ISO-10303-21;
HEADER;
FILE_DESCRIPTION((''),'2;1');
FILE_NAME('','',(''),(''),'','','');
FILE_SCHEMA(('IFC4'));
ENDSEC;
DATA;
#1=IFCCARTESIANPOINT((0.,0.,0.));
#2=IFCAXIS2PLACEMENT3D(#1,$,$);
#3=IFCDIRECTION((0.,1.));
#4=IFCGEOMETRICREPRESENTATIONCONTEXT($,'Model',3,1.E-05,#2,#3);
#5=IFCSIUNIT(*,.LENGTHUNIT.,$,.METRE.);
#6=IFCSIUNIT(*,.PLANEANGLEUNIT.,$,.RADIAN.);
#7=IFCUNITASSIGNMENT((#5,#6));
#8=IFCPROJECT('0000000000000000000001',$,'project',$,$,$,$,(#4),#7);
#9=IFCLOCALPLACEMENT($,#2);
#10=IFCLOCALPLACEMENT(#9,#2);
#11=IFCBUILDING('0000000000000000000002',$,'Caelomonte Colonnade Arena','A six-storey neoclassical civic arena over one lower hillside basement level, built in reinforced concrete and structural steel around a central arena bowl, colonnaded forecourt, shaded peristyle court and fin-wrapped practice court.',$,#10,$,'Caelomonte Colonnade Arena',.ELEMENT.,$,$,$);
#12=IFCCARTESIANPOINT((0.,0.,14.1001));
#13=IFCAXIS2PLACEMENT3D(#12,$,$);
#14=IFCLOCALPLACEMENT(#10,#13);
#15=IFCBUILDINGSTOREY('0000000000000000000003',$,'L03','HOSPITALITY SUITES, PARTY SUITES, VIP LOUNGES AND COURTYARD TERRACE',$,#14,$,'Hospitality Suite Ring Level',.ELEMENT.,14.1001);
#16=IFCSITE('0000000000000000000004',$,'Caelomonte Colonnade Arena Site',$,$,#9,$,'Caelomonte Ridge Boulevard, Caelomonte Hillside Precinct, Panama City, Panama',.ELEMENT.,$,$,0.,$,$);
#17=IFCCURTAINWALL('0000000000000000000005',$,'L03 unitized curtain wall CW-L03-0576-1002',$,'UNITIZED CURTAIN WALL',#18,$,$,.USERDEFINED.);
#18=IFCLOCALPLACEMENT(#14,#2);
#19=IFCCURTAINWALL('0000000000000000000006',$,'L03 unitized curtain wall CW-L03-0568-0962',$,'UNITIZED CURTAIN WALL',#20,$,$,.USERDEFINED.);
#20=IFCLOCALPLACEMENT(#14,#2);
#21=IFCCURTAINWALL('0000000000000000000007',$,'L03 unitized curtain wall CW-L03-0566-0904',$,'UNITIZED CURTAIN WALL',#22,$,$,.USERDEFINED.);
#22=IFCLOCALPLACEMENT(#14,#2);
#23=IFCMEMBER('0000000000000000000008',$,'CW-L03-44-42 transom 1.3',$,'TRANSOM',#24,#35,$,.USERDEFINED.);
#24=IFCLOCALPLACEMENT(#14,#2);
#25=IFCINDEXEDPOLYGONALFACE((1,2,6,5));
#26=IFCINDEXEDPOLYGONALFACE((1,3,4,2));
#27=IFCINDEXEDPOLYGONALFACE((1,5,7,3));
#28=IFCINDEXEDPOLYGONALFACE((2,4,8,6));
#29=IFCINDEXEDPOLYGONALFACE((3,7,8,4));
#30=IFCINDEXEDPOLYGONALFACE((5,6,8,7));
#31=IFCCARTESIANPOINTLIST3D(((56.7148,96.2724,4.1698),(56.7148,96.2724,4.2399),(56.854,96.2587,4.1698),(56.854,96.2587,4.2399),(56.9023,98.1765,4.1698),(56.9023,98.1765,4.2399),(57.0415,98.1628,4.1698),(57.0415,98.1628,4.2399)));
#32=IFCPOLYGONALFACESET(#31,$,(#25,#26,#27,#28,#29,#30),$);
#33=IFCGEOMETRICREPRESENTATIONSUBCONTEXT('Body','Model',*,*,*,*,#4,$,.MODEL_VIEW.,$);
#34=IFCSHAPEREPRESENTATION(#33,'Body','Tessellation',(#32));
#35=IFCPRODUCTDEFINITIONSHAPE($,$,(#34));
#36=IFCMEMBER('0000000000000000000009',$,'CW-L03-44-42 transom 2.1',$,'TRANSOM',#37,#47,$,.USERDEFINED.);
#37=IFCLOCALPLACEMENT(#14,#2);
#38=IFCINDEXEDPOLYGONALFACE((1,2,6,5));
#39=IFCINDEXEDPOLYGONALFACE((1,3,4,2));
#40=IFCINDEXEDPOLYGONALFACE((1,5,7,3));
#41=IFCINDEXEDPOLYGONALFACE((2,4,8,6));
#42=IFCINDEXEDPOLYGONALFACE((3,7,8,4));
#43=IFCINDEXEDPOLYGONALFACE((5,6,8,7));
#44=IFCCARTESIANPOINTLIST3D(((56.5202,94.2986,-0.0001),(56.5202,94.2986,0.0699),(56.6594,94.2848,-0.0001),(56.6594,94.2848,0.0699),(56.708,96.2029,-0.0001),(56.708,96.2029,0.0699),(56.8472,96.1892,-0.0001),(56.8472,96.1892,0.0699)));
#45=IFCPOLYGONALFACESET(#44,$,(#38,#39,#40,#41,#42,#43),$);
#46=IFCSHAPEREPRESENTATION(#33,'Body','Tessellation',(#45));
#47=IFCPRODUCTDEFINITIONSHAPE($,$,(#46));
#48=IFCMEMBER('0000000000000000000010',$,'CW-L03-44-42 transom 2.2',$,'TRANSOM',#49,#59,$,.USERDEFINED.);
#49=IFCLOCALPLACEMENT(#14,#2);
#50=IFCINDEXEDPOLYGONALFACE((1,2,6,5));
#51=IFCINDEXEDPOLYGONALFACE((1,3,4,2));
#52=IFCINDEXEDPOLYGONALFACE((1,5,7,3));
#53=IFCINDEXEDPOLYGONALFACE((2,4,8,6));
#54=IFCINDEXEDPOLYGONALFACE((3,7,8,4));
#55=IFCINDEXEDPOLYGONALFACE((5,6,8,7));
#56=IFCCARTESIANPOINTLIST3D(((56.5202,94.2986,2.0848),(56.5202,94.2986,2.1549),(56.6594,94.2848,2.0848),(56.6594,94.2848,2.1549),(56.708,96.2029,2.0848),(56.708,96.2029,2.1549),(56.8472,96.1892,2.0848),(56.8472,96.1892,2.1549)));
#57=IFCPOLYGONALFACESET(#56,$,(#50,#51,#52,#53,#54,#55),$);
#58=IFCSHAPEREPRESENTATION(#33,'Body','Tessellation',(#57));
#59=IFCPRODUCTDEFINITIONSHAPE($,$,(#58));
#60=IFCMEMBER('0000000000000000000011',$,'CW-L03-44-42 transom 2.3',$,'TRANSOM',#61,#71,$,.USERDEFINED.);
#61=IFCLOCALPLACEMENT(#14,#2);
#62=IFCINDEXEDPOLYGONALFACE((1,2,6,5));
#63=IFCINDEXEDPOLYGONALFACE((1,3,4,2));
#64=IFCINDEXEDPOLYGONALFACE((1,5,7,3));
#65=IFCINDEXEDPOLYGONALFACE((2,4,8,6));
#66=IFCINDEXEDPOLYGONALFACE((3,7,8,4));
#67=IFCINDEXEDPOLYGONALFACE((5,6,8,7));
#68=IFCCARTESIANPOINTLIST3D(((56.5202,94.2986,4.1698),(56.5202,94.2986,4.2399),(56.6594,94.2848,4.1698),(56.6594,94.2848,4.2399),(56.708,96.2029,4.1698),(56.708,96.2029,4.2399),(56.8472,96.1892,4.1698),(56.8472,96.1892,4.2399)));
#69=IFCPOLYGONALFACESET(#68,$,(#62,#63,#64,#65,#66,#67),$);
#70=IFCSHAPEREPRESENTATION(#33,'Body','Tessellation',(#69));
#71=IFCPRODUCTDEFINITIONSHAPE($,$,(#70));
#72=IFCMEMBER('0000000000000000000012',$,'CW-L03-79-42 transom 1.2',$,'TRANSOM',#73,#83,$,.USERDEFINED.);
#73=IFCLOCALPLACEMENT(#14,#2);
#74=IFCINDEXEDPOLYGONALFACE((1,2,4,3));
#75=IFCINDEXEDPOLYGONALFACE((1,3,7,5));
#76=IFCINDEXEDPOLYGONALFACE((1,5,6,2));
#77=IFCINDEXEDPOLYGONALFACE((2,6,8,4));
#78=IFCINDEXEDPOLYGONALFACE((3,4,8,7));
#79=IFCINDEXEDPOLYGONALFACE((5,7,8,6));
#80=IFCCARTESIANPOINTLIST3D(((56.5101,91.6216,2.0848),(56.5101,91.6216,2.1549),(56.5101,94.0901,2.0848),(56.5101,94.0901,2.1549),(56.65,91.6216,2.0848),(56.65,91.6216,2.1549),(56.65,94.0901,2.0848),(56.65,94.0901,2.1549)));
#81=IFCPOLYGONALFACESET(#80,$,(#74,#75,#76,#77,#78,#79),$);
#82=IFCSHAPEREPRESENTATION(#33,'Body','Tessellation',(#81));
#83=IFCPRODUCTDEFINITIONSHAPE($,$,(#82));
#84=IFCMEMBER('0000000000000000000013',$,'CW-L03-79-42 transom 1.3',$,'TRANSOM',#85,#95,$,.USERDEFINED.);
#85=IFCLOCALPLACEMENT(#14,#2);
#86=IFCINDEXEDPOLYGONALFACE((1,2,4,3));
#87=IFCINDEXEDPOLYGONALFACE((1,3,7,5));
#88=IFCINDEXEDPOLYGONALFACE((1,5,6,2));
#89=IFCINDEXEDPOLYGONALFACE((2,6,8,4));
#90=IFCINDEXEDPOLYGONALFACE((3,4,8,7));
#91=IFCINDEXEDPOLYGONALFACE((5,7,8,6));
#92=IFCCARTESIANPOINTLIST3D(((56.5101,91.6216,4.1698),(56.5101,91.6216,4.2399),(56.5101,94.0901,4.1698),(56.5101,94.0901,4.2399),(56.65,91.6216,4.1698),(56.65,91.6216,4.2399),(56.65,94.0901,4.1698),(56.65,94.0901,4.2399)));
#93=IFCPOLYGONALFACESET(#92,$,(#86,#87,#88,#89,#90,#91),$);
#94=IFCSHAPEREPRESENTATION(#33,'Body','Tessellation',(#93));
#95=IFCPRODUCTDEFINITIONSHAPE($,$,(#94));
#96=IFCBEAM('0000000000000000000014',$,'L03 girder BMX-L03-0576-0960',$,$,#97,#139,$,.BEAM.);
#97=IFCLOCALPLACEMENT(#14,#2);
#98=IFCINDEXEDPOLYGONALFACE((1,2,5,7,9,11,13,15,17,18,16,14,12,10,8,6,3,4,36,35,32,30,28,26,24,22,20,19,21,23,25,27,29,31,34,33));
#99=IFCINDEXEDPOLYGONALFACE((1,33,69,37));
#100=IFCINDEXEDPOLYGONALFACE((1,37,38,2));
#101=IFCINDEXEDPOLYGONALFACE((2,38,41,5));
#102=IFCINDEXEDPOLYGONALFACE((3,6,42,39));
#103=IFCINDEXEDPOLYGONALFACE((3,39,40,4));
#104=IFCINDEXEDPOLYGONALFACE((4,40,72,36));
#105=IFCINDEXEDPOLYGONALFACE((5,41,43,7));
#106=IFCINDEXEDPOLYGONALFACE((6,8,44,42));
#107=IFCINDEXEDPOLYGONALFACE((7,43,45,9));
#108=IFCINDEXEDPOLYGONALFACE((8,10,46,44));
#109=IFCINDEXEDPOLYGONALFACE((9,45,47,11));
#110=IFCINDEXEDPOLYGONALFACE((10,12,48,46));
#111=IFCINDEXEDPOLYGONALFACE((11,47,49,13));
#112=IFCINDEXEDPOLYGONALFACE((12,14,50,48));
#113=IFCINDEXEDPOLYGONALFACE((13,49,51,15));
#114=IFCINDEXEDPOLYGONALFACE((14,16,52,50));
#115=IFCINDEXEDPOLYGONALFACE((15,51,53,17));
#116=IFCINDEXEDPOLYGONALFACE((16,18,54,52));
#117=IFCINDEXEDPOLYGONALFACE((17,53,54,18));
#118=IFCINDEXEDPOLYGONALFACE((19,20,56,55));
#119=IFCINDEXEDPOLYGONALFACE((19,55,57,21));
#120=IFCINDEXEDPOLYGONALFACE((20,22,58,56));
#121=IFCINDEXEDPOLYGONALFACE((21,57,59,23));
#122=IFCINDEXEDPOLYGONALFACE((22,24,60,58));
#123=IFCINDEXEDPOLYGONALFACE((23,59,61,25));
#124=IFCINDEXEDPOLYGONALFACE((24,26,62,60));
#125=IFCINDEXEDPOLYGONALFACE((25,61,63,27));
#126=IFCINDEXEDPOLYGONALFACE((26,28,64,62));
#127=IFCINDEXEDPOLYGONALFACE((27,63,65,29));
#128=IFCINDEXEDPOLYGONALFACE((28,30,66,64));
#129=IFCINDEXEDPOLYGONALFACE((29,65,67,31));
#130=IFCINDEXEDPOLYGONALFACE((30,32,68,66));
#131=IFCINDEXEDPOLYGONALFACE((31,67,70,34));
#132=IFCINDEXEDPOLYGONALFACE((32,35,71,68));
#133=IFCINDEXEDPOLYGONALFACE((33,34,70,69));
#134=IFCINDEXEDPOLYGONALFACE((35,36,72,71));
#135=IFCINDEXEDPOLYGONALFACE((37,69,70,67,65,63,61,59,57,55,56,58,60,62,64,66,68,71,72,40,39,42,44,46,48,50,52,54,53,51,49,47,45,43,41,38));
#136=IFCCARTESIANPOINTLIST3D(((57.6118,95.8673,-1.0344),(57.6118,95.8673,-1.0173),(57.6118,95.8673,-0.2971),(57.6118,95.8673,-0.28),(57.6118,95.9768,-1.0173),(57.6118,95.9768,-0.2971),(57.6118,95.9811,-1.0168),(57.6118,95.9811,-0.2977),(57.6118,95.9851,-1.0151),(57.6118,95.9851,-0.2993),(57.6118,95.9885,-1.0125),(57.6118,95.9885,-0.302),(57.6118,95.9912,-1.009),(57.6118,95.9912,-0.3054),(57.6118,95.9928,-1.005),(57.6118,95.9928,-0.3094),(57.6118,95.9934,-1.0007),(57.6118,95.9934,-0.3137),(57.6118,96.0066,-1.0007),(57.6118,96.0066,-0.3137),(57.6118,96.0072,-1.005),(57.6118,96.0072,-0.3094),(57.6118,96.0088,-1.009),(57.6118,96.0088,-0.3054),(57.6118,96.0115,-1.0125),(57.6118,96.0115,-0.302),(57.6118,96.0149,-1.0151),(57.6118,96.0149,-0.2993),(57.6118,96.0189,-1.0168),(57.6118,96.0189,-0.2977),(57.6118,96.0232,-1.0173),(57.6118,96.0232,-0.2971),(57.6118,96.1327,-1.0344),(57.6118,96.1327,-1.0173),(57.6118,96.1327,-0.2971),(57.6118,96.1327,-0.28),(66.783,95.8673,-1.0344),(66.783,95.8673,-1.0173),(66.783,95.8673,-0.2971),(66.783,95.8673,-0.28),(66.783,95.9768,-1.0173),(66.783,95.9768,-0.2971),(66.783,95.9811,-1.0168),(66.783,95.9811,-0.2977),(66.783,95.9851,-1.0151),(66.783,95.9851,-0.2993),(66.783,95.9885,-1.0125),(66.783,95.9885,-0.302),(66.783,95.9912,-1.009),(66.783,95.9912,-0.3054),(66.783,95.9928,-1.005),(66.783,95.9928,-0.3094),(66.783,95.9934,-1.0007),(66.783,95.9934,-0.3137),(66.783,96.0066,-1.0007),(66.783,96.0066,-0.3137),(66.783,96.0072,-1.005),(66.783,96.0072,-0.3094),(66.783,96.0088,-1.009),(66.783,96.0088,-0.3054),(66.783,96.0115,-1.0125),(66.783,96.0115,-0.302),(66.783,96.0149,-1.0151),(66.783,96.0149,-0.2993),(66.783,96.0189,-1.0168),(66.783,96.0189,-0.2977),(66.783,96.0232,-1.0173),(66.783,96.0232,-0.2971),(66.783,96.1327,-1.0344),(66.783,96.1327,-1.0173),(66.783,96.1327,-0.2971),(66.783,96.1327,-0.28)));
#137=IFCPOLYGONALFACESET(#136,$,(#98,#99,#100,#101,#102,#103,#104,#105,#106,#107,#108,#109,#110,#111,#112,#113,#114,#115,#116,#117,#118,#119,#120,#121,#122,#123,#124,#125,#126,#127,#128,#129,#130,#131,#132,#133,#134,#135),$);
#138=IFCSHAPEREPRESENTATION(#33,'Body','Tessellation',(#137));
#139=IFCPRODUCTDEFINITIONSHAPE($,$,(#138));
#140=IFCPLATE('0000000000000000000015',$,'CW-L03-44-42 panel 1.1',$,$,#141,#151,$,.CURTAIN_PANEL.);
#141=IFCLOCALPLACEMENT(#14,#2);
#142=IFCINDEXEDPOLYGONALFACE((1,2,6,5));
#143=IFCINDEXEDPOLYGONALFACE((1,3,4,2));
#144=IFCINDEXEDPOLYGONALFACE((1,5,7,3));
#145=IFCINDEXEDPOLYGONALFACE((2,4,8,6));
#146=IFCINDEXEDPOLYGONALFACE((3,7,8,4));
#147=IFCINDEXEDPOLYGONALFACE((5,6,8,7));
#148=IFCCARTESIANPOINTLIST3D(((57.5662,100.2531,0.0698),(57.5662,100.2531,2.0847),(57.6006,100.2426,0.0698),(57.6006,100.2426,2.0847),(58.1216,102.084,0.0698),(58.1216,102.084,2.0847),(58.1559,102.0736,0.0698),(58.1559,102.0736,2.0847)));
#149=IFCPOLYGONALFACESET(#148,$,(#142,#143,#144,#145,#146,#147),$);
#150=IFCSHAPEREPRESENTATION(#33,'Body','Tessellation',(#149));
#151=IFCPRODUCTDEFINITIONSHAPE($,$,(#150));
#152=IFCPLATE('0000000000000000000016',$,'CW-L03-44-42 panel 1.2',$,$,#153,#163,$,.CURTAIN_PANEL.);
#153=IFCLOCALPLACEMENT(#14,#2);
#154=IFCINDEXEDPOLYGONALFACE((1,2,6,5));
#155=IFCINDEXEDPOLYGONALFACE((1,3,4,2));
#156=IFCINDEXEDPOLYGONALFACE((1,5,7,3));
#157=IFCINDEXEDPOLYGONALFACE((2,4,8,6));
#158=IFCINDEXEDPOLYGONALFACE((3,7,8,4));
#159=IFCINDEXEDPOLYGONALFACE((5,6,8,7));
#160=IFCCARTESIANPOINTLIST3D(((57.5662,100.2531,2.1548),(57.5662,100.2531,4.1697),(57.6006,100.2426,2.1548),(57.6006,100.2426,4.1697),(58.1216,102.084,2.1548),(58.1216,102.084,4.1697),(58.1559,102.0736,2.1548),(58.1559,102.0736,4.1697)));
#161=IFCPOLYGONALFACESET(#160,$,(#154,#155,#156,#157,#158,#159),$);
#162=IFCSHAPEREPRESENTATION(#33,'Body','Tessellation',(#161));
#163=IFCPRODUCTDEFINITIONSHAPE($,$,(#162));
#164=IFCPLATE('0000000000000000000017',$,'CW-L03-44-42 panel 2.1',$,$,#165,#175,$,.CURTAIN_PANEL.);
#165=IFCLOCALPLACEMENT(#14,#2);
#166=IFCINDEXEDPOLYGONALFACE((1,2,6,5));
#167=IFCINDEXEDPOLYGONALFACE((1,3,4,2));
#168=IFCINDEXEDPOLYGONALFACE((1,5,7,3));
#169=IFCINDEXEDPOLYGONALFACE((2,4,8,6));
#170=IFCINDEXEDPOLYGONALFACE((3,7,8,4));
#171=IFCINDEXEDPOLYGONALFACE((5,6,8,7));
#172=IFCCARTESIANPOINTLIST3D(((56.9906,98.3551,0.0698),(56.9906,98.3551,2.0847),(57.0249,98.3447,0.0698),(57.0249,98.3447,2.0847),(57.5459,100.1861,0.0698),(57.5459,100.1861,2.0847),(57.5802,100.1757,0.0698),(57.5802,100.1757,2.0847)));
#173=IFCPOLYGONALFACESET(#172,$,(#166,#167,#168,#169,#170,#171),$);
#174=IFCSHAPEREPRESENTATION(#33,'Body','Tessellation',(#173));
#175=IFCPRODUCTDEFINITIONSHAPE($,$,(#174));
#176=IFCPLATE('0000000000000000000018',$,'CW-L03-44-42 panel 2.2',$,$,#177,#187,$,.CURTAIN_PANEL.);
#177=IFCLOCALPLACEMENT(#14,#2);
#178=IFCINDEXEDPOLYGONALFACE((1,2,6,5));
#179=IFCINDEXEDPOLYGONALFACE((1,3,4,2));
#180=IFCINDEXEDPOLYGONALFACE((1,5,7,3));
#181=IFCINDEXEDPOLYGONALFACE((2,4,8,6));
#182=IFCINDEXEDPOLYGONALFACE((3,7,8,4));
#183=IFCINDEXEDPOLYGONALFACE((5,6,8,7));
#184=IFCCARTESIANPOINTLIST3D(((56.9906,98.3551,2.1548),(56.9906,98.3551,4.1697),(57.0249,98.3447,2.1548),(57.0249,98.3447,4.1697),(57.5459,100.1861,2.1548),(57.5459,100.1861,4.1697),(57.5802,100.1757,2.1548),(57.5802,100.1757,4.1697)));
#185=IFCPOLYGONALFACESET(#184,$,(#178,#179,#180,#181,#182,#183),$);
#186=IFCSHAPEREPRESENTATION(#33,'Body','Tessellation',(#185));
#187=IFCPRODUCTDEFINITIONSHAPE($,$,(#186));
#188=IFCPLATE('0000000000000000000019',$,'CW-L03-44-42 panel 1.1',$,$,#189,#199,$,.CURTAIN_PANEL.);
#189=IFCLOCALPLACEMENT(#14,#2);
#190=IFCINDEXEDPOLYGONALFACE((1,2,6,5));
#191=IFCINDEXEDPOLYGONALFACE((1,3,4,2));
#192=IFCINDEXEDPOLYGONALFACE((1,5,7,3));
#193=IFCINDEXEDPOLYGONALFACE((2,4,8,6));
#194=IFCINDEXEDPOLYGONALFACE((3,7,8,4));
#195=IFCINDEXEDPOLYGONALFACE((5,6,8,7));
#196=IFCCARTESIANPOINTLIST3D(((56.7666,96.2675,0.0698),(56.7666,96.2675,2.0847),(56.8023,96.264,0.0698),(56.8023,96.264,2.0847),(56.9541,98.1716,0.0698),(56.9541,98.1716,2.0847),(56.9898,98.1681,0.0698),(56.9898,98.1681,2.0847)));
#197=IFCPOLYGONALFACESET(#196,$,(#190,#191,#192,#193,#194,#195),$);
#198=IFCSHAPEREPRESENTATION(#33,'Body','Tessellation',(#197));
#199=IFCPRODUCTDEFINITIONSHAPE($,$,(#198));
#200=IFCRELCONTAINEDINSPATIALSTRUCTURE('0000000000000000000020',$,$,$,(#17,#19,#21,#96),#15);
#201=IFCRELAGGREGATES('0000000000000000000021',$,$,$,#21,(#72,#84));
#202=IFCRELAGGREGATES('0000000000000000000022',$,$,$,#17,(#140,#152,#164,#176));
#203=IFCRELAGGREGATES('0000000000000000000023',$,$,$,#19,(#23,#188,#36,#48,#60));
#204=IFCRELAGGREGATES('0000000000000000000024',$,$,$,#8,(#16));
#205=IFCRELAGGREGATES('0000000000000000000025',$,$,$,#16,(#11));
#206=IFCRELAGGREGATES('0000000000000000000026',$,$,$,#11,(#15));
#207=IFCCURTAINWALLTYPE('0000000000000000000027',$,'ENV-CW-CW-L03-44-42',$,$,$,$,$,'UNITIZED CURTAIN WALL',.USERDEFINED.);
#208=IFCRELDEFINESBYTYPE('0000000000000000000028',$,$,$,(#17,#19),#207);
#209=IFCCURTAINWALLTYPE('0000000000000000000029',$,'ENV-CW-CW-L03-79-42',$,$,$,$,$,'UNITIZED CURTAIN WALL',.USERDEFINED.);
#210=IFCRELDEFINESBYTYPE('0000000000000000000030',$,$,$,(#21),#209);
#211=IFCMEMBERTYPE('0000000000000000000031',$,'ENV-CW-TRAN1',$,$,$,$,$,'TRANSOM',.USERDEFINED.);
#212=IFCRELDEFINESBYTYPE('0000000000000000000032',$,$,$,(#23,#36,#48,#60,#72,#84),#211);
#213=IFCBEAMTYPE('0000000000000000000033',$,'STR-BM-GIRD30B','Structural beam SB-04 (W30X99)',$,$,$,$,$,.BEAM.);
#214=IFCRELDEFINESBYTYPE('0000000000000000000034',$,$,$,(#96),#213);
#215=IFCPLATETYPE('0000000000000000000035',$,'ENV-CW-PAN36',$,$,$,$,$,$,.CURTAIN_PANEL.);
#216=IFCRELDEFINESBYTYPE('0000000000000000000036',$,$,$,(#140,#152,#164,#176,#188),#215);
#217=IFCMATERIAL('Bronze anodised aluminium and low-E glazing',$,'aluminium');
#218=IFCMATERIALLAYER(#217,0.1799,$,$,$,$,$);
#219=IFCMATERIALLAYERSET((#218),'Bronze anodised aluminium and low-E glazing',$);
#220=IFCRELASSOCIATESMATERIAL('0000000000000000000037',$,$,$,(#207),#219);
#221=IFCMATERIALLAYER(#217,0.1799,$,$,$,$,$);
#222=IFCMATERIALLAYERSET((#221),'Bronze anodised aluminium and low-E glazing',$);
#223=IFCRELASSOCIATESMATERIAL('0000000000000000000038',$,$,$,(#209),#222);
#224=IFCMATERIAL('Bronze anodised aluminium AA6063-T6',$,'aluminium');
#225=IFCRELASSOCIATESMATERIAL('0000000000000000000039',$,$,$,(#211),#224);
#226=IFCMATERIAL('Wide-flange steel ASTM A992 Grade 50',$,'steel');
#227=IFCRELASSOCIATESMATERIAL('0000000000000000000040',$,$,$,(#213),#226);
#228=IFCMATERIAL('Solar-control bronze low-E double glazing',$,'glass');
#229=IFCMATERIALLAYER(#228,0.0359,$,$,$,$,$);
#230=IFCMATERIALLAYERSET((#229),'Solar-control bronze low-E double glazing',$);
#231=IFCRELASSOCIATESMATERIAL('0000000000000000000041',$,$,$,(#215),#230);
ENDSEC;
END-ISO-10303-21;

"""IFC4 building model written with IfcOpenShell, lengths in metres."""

from ifc_helpers import new_model, si_unit, direction, frame, origin, origin_2d, place, context, subcontext, project, spatial, rectangle, i_section, extrude, material, layer, layer_set, material_profile, profile_set, type_object, element, aggregate, save


model = new_model("IFC4")

# Units and contexts
model_context = context("Model", 3, precision=1e-05, world=origin(), true_north=direction((0.0, 1.0)))
body_context = subcontext(model_context, "Body", "Model", "MODEL_VIEW")
ifc_project = project(units=[si_unit("LENGTHUNIT", "METRE"), si_unit("PLANEANGLEUNIT", "RADIAN")], contexts=[model_context])

# Site, building, storey
site_placement = place(None, origin())
site = spatial("IfcSite", under=ifc_project, at=site_placement, Name="Caelomonte Colonnade Arena Site", LongName="Caelomonte Ridge Boulevard, Caelomonte Hillside Precinct, Panama City, Panama", CompositionType="ELEMENT", RefElevation=0.0)
building_placement = place(site_placement, origin())
building = spatial("IfcBuilding", under=site, at=building_placement, Name="Caelomonte Colonnade Arena", Description="A six-storey neoclassical civic arena over one lower hillside basement level, built in reinforced concrete and structural steel around a central arena bowl, colonnaded forecourt, shaded peristyle court and fin-wrapped practice court.", LongName="Caelomonte Colonnade Arena", CompositionType="ELEMENT")
storey_placement = place(building_placement, frame((0.0, 0.0, 14.1001)))
storey = spatial("IfcBuildingStorey", under=building, at=storey_placement, Name="L03", Description="HOSPITALITY SUITES, PARTY SUITES, VIP LOUNGES AND COURTYARD TERRACE", LongName="Hospitality Suite Ring Level", CompositionType="ELEMENT", Elevation=14.1001)

# Shared definitions
ifc_material_1 = material(Name="Wide-flange steel ASTM A992 Grade 50", Category="steel")

# Curtain walls
ifc_material_2 = material(Name="Bronze anodised aluminium and low-E glazing", Category="aluminium")
ifc_layer_1 = layer(ifc_material_2, 0.1799)
ifc_layer_set_1 = layer_set([ifc_layer_1], Name="Bronze anodised aluminium and low-E glazing")
curtain_wall_type_1 = type_object("IfcCurtainWallType", Name="ENV-CW-CW-L03-44-42", ElementType="UNITIZED CURTAIN WALL", PredefinedType="USERDEFINED", material=ifc_layer_set_1)
curtain_wall_1_placement = place(storey_placement, origin())
curtain_wall_1 = element("IfcCurtainWall", 1, at=curtain_wall_1_placement, inside=storey, type_object=curtain_wall_type_1, Name="L03 unitized curtain wall CW-L03-0576-1002", ObjectType="UNITIZED CURTAIN WALL", PredefinedType="USERDEFINED")
ifc_material_3 = material(Name="Bronze anodised aluminium AA6063-T6", Category="aluminium")
curtain_wall_2_placement = place(storey_placement, origin())
curtain_wall_2 = element("IfcCurtainWall", 2, at=curtain_wall_2_placement, inside=storey, type_object=curtain_wall_type_1, Name="L03 unitized curtain wall CW-L03-0568-0962", ObjectType="UNITIZED CURTAIN WALL", PredefinedType="USERDEFINED")

# Curtain wall
ifc_layer_2 = layer(ifc_material_2, 0.1799)
ifc_layer_set_2 = layer_set([ifc_layer_2], Name="Bronze anodised aluminium and low-E glazing")
curtain_wall_type_2 = type_object("IfcCurtainWallType", Name="ENV-CW-CW-L03-79-42", ElementType="UNITIZED CURTAIN WALL", PredefinedType="USERDEFINED", material=ifc_layer_set_2)
curtain_wall_3_placement = place(storey_placement, origin())
curtain_wall_3 = element("IfcCurtainWall", 3, at=curtain_wall_3_placement, inside=storey, type_object=curtain_wall_type_2, Name="L03 unitized curtain wall CW-L03-0566-0904", ObjectType="UNITIZED CURTAIN WALL", PredefinedType="USERDEFINED")

# Members
ifc_material_profile_1 = material_profile(ifc_material_3, rectangle(XDim=0.0701, YDim=0.1399, at=origin_2d()), Name="CWT-70X140")
ifc_profile_set_1 = profile_set([ifc_material_profile_1], Name="Bronze anodised aluminium AA6063-T6")
member_type_1 = type_object("IfcMemberType", Name="ENV-CW-TRAN1", ElementType="TRANSOM", PredefinedType="USERDEFINED", material=ifc_profile_set_1)
member_1_placement = place(storey_placement, frame((56.9719, 98.1697, 4.2048), z_axis=(-0.098, -0.995186, 0.0), x_axis=(0.0, 0.0, 1.0)))
member_1 = element("IfcMember", 4, at=member_1_placement, type_object=member_type_1, Name="CW-L03-44-42 transom 1.3", ObjectType="TRANSOM", PredefinedType="USERDEFINED", context=body_context, shape_type="SweptSolid", body=[
    extrude(rectangle(XDim=0.0701, YDim=0.1399, at=origin_2d()), origin(), (0.0, 0.0, 1.0), 1.9133),
])
member_2_placement = place(storey_placement, frame((56.7776, 96.196, 0.0349), z_axis=(-0.098114, -0.995175, 0.0), x_axis=(0.0, 0.0, 1.0)))
member_2 = element("IfcMember", 5, at=member_2_placement, type_object=member_type_1, Name="CW-L03-44-42 transom 2.1", ObjectType="TRANSOM", PredefinedType="USERDEFINED", context=body_context, shape_type="SweptSolid", body=[
    extrude(rectangle(XDim=0.0701, YDim=0.1399, at=origin_2d()), origin(), (0.0, 0.0, 1.0), 1.9136),
])
member_3_placement = place(storey_placement, frame((56.7776, 96.196, 2.1199), z_axis=(-0.098114, -0.995175, 0.0), x_axis=(0.0, 0.0, 1.0)))
member_3 = element("IfcMember", 6, at=member_3_placement, type_object=member_type_1, Name="CW-L03-44-42 transom 2.2", ObjectType="TRANSOM", PredefinedType="USERDEFINED", context=body_context, shape_type="SweptSolid", body=[
    extrude(rectangle(XDim=0.0701, YDim=0.1399, at=origin_2d()), origin(), (0.0, 0.0, 1.0), 1.9136),
])
member_4_placement = place(storey_placement, frame((56.7776, 96.196, 4.2048), z_axis=(-0.098114, -0.995175, 0.0), x_axis=(0.0, 0.0, 1.0)))
member_4 = element("IfcMember", 7, at=member_4_placement, type_object=member_type_1, Name="CW-L03-44-42 transom 2.3", ObjectType="TRANSOM", PredefinedType="USERDEFINED", context=body_context, shape_type="SweptSolid", body=[
    extrude(rectangle(XDim=0.0701, YDim=0.1399, at=origin_2d()), origin(), (0.0, 0.0, 1.0), 1.9136),
])
member_5_placement = place(storey_placement, frame((56.5801, 94.0901, 2.1199), z_axis=(0.0, -1.0, 0.0), x_axis=(0.0, 0.0, 1.0)))
member_5 = element("IfcMember", 8, at=member_5_placement, type_object=member_type_1, Name="CW-L03-79-42 transom 1.2", ObjectType="TRANSOM", PredefinedType="USERDEFINED", context=body_context, shape_type="SweptSolid", body=[
    extrude(rectangle(XDim=0.0701, YDim=0.1399, at=origin_2d()), origin(), (0.0, 0.0, 1.0), 2.4685),
])
member_6_placement = place(storey_placement, frame((56.5801, 94.0901, 4.2048), z_axis=(0.0, -1.0, 0.0), x_axis=(0.0, 0.0, 1.0)))
member_6 = element("IfcMember", 9, at=member_6_placement, type_object=member_type_1, Name="CW-L03-79-42 transom 1.3", ObjectType="TRANSOM", PredefinedType="USERDEFINED", context=body_context, shape_type="SweptSolid", body=[
    extrude(rectangle(XDim=0.0701, YDim=0.1399, at=origin_2d()), origin(), (0.0, 0.0, 1.0), 2.4685),
])
aggregate(curtain_wall_3, [member_5, member_6])

# Beam
ifc_material_profile_2 = material_profile(ifc_material_1, i_section(OverallWidth=0.2654, OverallDepth=0.7544, WebThickness=0.0132, FlangeThickness=0.0171, FilletRadius=0.0166, at=origin_2d()), Name="W30X99")
ifc_profile_set_2 = profile_set([ifc_material_profile_2], Name="Wide-flange steel ASTM A992 Grade 50")
beam_type = type_object("IfcBeamType", Name="STR-BM-GIRD30B", Description="Structural beam SB-04 (W30X99)", PredefinedType="BEAM", material=ifc_profile_set_2)
beam_placement = place(storey_placement, frame((57.6118, 96.0, -0.6572), z_axis=(1.0, 0.0, 0.0), x_axis=(0.0, 1.0, 0.0)))
element("IfcBeam", 10, at=beam_placement, inside=storey, type_object=beam_type, Name="L03 girder BMX-L03-0576-0960", PredefinedType="BEAM", context=body_context, shape_type="SweptSolid", body=[
    extrude(i_section(OverallWidth=0.2654, OverallDepth=0.7544, WebThickness=0.0132, FlangeThickness=0.0171, FilletRadius=0.0166, at=origin_2d()), origin(), (0.0, 0.0, 1.0), 9.1711),
])

# Plates
ifc_material_4 = material(Name="Solar-control bronze low-E double glazing", Category="glass")
ifc_layer_3 = layer(ifc_material_4, 0.0359)
ifc_layer_set_3 = layer_set([ifc_layer_3], Name="Solar-control bronze low-E double glazing")
plate_type = type_object("IfcPlateType", Name="ENV-CW-PAN36", PredefinedType="CURTAIN_PANEL", material=ifc_layer_set_3)
plate_1_placement = place(storey_placement, frame((57.8611, 101.1633, 0.0698), z_axis=(0.0, 0.0, 1.0), x_axis=(-0.290256, -0.956949, 0.0)))
plate_1 = element("IfcPlate", 11, at=plate_1_placement, type_object=plate_type, Name="CW-L03-44-42 panel 1.1", PredefinedType="CURTAIN_PANEL", context=body_context, shape_type="SweptSolid", body=[
    extrude(rectangle(XDim=1.9133, YDim=0.0359, at=origin_2d()), origin(), (0.0, 0.0, 1.0), 2.0149),
])
plate_2_placement = place(storey_placement, frame((57.8611, 101.1633, 2.1548), z_axis=(0.0, 0.0, 1.0), x_axis=(-0.290256, -0.956949, 0.0)))
plate_2 = element("IfcPlate", 12, at=plate_2_placement, type_object=plate_type, Name="CW-L03-44-42 panel 1.2", PredefinedType="CURTAIN_PANEL", context=body_context, shape_type="SweptSolid", body=[
    extrude(rectangle(XDim=1.9133, YDim=0.0359, at=origin_2d()), origin(), (0.0, 0.0, 1.0), 2.0149),
])
plate_3_placement = place(storey_placement, frame((57.2854, 99.2654, 0.0698), z_axis=(0.0, 0.0, 1.0), x_axis=(-0.290256, -0.956949, 0.0)))
plate_3 = element("IfcPlate", 13, at=plate_3_placement, type_object=plate_type, Name="CW-L03-44-42 panel 2.1", PredefinedType="CURTAIN_PANEL", context=body_context, shape_type="SweptSolid", body=[
    extrude(rectangle(XDim=1.9133, YDim=0.0359, at=origin_2d()), origin(), (0.0, 0.0, 1.0), 2.0149),
])
plate_4_placement = place(storey_placement, frame((57.2854, 99.2654, 2.1548), z_axis=(0.0, 0.0, 1.0), x_axis=(-0.290256, -0.956949, 0.0)))
plate_4 = element("IfcPlate", 14, at=plate_4_placement, type_object=plate_type, Name="CW-L03-44-42 panel 2.2", PredefinedType="CURTAIN_PANEL", context=body_context, shape_type="SweptSolid", body=[
    extrude(rectangle(XDim=1.9133, YDim=0.0359, at=origin_2d()), origin(), (0.0, 0.0, 1.0), 2.0149),
])
aggregate(curtain_wall_1, [plate_1, plate_2, plate_3, plate_4])
plate_5_placement = place(storey_placement, frame((56.8782, 97.2178, 0.0698), z_axis=(0.0, 0.0, 1.0), x_axis=(-0.098002, -0.995186, 0.0)))
plate_5 = element("IfcPlate", 15, at=plate_5_placement, type_object=plate_type, Name="CW-L03-44-42 panel 1.1", PredefinedType="CURTAIN_PANEL", context=body_context, shape_type="SweptSolid", body=[
    extrude(rectangle(XDim=1.9133, YDim=0.0359, at=origin_2d()), origin(), (0.0, 0.0, 1.0), 2.0149),
])
aggregate(curtain_wall_2, [member_1, plate_5, member_2, member_3, member_4])

save(model, "model.ifc")
